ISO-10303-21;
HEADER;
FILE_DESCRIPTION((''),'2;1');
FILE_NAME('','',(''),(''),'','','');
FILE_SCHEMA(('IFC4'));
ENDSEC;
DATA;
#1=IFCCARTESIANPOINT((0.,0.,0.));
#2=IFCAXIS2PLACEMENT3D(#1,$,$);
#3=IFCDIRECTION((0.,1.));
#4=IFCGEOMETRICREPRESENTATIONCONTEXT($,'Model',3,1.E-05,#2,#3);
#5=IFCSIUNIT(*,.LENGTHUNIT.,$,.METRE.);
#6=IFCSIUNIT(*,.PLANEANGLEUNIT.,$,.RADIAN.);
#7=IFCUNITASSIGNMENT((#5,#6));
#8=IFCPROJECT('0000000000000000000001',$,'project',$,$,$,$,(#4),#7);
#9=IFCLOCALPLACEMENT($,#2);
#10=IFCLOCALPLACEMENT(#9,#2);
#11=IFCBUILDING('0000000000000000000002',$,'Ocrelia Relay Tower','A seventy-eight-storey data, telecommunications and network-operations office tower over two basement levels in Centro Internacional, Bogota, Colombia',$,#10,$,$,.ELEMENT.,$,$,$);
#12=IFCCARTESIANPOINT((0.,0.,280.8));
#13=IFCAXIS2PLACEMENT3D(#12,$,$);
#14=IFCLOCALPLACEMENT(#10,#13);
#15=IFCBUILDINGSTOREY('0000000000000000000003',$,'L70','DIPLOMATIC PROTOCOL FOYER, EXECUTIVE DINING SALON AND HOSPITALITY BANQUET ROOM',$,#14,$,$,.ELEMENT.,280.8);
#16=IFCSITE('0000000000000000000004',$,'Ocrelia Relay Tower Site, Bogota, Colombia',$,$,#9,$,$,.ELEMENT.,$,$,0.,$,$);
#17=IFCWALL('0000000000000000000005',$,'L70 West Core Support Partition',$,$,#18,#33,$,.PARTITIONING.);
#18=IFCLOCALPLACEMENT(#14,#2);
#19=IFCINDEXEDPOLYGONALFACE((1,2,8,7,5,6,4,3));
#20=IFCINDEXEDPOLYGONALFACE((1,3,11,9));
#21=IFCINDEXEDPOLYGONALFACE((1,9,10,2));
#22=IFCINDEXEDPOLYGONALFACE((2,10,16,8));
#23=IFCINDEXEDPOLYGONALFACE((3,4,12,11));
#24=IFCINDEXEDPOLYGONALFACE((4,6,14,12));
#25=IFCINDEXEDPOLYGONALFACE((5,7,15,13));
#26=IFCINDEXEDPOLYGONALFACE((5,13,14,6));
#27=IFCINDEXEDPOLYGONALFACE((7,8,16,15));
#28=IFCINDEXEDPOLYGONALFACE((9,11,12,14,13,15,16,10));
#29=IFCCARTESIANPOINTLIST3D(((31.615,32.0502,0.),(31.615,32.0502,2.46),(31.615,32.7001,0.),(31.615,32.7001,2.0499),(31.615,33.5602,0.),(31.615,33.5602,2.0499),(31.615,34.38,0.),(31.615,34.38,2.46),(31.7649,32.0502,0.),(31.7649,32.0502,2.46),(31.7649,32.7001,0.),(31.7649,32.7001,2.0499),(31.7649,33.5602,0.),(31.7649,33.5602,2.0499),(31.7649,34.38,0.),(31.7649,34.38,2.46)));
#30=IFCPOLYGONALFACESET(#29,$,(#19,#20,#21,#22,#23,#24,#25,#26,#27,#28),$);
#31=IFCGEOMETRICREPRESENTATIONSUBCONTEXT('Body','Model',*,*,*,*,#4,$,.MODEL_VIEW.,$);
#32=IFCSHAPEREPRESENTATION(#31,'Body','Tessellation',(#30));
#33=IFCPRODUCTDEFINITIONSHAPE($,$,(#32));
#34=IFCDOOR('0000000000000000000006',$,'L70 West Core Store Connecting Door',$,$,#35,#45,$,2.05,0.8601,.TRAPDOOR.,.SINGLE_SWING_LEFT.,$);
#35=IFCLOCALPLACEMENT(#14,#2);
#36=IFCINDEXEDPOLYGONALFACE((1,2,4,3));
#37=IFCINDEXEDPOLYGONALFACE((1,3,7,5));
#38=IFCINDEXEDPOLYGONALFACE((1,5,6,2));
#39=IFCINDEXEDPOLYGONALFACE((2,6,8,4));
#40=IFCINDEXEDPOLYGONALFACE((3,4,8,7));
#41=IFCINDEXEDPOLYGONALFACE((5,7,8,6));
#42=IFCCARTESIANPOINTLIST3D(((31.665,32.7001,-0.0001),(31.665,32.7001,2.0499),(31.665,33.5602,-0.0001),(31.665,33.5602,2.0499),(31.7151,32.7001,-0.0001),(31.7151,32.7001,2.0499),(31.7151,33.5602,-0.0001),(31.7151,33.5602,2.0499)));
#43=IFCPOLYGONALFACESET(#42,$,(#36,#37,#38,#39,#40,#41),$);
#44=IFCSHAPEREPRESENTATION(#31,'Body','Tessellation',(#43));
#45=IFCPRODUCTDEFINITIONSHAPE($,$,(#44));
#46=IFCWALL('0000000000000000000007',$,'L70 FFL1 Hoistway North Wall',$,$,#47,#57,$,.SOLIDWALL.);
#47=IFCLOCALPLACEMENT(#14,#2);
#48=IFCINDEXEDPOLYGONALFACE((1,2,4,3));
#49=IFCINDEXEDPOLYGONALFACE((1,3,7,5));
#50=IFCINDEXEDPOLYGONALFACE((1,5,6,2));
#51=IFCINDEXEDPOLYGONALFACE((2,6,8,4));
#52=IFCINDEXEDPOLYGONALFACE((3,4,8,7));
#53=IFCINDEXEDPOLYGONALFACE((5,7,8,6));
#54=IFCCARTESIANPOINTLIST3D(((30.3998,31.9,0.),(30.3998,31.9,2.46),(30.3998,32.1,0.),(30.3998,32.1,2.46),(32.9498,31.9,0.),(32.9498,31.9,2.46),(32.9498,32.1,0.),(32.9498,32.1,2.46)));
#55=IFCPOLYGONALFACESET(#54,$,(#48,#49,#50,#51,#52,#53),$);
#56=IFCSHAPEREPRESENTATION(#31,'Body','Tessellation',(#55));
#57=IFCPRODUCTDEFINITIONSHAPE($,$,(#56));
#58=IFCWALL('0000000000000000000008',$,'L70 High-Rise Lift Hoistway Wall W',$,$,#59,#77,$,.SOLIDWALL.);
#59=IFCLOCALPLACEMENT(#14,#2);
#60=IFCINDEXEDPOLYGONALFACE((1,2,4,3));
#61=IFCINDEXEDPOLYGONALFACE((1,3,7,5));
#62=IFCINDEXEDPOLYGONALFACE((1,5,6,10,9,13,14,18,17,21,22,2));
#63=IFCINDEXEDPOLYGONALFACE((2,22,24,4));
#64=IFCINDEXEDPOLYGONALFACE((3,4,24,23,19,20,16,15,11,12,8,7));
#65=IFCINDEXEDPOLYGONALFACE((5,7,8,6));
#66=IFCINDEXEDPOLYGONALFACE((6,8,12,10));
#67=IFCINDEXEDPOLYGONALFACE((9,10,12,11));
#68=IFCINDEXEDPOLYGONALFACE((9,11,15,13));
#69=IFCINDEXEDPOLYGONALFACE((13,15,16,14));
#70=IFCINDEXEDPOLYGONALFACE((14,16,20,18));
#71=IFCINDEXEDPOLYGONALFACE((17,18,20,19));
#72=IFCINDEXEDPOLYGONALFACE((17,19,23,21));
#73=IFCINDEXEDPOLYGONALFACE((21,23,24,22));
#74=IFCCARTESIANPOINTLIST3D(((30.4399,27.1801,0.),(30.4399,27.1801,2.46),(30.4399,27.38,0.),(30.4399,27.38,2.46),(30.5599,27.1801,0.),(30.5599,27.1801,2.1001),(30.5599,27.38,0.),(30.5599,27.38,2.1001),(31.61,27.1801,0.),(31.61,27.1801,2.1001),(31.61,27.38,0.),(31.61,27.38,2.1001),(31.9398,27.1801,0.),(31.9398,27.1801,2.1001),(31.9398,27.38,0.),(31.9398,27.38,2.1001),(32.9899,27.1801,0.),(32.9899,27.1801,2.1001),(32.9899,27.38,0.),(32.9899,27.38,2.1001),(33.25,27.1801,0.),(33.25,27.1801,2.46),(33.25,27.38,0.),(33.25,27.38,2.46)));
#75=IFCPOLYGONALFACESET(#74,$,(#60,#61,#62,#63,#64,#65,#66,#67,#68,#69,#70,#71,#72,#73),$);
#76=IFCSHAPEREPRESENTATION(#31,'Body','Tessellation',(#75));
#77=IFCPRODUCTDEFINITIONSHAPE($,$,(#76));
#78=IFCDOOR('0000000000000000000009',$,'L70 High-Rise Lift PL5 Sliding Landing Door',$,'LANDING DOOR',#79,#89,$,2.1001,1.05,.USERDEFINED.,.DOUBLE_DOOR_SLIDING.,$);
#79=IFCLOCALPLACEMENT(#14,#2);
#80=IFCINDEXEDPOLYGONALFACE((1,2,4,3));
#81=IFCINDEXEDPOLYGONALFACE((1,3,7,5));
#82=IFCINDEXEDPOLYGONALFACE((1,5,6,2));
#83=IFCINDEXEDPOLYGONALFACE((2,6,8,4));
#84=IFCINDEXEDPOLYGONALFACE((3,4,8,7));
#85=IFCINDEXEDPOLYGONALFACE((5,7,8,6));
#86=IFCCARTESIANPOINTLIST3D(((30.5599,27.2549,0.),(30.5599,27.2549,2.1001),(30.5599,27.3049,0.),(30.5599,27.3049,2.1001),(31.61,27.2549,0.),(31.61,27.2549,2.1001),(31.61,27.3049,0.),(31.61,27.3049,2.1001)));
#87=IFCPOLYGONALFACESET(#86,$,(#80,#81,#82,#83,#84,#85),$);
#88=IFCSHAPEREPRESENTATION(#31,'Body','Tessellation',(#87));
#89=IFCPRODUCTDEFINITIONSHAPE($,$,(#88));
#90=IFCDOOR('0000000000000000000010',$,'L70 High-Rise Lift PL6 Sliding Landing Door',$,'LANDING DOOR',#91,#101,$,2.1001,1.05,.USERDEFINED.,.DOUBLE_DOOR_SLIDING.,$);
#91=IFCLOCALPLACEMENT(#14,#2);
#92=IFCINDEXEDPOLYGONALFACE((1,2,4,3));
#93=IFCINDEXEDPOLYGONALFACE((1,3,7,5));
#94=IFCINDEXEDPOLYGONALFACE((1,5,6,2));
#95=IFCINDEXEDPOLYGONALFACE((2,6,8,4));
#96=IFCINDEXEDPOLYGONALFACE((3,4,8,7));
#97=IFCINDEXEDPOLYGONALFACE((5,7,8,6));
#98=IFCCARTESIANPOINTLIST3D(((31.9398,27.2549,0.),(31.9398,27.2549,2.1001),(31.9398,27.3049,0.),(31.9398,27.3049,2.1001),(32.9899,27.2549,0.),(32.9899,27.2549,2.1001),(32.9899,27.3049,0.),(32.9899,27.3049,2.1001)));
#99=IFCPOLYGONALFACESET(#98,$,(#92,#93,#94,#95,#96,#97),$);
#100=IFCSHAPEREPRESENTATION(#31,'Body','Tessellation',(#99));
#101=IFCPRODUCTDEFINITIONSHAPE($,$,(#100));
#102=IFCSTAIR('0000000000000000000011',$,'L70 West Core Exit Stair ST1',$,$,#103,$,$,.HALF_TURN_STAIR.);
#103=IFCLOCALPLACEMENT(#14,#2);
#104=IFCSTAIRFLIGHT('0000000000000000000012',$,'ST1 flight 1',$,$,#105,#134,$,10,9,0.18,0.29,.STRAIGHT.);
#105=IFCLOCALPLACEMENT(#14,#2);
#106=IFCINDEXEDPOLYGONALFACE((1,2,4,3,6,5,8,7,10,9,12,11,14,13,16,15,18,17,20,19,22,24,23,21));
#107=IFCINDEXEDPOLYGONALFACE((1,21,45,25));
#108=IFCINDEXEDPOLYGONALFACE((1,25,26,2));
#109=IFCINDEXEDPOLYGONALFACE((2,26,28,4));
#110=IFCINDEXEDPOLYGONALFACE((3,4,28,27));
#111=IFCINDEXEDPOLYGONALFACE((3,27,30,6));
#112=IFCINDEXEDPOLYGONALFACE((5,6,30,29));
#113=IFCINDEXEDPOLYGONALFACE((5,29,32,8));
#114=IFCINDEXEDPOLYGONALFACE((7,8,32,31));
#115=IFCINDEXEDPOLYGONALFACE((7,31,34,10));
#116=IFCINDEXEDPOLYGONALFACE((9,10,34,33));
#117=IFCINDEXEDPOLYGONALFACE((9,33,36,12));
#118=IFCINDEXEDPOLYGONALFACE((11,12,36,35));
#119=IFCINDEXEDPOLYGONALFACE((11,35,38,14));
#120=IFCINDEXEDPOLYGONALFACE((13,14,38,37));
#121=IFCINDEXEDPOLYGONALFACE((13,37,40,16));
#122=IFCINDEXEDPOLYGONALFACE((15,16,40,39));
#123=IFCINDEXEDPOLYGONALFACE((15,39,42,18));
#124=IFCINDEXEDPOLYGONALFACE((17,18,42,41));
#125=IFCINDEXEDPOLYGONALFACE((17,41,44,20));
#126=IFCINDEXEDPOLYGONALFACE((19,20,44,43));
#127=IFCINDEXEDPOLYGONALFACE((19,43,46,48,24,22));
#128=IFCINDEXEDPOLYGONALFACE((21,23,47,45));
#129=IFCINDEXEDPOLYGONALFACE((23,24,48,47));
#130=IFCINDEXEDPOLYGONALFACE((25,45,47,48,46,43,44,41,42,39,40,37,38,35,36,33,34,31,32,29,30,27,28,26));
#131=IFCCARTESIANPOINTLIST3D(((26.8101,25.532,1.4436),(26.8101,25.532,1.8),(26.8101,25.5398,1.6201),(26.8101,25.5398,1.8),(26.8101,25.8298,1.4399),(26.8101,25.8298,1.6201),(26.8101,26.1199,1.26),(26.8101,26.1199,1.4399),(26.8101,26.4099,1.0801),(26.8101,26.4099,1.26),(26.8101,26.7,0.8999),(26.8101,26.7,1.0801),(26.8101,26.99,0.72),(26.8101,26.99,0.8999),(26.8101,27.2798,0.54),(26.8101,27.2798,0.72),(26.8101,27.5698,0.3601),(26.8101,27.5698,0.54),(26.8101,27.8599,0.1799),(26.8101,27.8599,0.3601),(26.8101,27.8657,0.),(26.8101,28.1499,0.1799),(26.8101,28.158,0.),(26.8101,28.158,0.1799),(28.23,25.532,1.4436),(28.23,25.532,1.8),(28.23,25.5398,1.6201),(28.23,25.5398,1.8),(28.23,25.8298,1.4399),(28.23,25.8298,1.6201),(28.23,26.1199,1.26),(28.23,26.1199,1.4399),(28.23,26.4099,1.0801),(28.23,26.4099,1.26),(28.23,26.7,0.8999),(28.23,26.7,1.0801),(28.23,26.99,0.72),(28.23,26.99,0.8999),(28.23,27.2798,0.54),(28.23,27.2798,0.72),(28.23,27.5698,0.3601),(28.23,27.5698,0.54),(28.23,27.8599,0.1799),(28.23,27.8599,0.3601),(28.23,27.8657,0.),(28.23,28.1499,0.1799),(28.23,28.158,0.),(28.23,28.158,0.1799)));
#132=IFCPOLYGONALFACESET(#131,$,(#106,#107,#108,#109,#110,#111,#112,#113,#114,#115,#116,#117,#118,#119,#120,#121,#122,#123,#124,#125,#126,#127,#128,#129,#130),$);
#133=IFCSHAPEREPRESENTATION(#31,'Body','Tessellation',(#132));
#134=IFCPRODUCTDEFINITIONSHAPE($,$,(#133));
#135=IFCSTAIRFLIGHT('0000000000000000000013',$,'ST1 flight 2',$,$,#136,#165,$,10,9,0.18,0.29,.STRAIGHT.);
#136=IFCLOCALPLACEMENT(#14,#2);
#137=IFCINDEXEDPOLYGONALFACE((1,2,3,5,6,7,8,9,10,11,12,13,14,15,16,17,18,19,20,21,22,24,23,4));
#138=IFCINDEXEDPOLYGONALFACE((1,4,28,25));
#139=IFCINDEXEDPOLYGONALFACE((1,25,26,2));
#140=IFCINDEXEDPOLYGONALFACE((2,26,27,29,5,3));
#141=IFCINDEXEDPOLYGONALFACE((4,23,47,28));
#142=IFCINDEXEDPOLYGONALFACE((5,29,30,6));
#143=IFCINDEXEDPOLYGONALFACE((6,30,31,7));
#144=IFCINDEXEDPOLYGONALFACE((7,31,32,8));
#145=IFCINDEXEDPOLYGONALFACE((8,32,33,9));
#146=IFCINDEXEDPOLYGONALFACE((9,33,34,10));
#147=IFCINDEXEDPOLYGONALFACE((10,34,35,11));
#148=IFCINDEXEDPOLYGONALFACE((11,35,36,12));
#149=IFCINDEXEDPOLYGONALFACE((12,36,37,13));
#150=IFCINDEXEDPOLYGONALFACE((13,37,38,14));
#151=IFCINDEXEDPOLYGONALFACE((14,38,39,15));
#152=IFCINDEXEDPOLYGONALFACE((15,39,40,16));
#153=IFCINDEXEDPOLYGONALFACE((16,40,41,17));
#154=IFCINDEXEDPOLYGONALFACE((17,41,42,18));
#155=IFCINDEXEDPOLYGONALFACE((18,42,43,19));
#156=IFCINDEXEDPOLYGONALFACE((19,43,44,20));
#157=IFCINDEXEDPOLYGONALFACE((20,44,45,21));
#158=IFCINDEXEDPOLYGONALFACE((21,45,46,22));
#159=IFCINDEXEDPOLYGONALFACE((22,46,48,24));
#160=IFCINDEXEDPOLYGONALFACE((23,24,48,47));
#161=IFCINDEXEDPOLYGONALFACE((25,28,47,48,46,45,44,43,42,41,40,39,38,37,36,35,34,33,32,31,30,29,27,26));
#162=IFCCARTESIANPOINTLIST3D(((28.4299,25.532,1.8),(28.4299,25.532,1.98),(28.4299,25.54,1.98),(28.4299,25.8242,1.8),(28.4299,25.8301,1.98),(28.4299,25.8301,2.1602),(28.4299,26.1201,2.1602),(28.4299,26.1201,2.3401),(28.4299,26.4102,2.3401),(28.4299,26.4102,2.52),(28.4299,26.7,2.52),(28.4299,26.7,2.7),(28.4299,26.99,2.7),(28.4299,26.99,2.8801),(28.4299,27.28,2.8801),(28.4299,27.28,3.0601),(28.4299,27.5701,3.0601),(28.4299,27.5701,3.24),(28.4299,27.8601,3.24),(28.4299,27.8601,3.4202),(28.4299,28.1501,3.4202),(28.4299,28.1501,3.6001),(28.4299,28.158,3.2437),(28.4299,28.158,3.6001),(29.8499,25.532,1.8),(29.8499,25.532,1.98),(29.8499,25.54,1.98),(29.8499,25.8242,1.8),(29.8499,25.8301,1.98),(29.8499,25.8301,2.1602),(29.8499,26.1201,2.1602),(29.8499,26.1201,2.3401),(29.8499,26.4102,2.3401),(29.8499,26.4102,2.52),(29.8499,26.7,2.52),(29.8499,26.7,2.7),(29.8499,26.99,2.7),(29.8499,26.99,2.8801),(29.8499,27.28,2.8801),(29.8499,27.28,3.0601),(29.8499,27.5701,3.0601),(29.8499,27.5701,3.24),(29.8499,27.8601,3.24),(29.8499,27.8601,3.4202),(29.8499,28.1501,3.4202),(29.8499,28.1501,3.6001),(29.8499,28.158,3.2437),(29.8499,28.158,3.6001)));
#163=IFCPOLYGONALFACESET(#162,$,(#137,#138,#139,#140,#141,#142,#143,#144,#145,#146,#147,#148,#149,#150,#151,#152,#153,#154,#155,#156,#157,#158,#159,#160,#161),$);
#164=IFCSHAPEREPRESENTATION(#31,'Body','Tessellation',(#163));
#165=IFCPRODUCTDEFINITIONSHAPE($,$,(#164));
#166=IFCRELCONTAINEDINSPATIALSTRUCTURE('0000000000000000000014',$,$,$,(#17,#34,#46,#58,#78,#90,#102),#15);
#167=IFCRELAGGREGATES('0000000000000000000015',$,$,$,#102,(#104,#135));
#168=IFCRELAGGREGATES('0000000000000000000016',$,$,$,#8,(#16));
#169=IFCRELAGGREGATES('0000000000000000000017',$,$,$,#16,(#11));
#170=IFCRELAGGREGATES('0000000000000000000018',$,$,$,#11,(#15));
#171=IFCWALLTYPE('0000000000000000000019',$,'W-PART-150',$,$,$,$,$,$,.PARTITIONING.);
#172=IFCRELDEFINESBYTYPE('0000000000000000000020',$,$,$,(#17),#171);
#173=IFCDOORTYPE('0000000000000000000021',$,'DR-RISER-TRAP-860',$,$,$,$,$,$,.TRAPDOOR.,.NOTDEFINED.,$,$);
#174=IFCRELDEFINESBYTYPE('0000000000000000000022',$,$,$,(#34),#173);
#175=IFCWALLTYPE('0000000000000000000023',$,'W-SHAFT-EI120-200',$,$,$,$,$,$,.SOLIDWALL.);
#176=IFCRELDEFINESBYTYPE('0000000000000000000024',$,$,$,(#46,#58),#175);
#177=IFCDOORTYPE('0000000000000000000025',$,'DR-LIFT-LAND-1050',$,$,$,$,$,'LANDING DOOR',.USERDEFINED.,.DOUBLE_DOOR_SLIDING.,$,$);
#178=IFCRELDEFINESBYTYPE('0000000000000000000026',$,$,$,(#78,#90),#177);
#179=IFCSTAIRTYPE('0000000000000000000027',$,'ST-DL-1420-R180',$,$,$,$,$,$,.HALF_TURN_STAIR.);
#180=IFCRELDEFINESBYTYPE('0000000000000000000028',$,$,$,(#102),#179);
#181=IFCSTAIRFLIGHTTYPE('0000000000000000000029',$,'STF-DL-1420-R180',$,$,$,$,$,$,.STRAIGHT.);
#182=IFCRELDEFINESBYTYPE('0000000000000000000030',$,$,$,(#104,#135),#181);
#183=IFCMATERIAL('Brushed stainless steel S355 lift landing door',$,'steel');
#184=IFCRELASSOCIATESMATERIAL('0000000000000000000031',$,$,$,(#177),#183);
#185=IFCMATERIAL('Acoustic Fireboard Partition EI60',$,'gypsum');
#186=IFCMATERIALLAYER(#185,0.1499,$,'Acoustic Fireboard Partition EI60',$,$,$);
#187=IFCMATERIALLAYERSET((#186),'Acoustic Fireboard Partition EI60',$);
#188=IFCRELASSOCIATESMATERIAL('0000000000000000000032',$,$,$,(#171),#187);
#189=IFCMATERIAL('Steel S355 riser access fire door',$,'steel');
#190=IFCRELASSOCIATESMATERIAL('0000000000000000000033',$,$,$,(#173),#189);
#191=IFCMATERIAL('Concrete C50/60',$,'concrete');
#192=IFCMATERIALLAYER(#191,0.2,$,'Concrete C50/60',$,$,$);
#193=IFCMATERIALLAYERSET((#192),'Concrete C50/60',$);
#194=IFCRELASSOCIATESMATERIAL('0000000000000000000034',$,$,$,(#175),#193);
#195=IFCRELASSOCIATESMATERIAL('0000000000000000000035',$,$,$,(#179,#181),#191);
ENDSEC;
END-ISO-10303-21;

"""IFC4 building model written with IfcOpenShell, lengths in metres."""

from ifc_helpers import new_model, si_unit, direction, frame, frame_2d, origin, place, context, subcontext, project, spatial, polyline, rectangle, outline, extrude, material, layer, layer_set, type_object, element, fill, aggregate, save


model = new_model("IFC4")

# Units and contexts
model_context = context("Model", 3, precision=1e-05, world=origin(), true_north=direction((0.0, 1.0)))
body_context = subcontext(model_context, "Body", "Model", "MODEL_VIEW")
ifc_project = project(units=[si_unit("LENGTHUNIT", "METRE"), si_unit("PLANEANGLEUNIT", "RADIAN")], contexts=[model_context])

# Site, building, storey
site_placement = place(None, origin())
site = spatial("IfcSite", under=ifc_project, at=site_placement, Name="Ocrelia Relay Tower Site, Bogota, Colombia", CompositionType="ELEMENT", RefElevation=0.0)
building_placement = place(site_placement, origin())
building = spatial("IfcBuilding", under=site, at=building_placement, Name="Ocrelia Relay Tower", Description="A seventy-eight-storey data, telecommunications and network-operations office tower over two basement levels in Centro Internacional, Bogota, Colombia", CompositionType="ELEMENT")
storey_placement = place(building_placement, frame((0.0, 0.0, 280.8)))
storey = spatial("IfcBuildingStorey", under=building, at=storey_placement, Name="L70", Description="DIPLOMATIC PROTOCOL FOYER, EXECUTIVE DINING SALON AND HOSPITALITY BANQUET ROOM", CompositionType="ELEMENT", Elevation=280.8)

# Shared definitions
ifc_material_1 = material(Name="Concrete C50/60", Category="concrete")

# Wall, opening, door
ifc_material_2 = material(Name="Brushed stainless steel S355 lift landing door", Category="steel")
door_type_1 = type_object("IfcDoorType", Name="DR-LIFT-LAND-1050", ElementType="LANDING DOOR", OperationType="DOUBLE_DOOR_SLIDING", PredefinedType="USERDEFINED", material=ifc_material_2)
ifc_material_3 = material(Name="Acoustic Fireboard Partition EI60", Category="gypsum")
ifc_layer_1 = layer(ifc_material_3, 0.1499, Name="Acoustic Fireboard Partition EI60")
ifc_layer_set_1 = layer_set([ifc_layer_1], Name="Acoustic Fireboard Partition EI60")
wall_type_1 = type_object("IfcWallType", Name="W-PART-150", PredefinedType="PARTITIONING", material=ifc_layer_set_1)
wall_1_placement = place(storey_placement, frame((31.6899, 32.05, 0.0), z_axis=(0.0, 0.0, 1.0), x_axis=(0.0, 1.0, 0.0)))
wall_1 = element("IfcWall", 1, at=wall_1_placement, inside=storey, type_object=wall_type_1, Name="L70 West Core Support Partition", PredefinedType="PARTITIONING", context=body_context, shape_type="SweptSolid", body=[
    extrude(rectangle(XDim=2.3298, YDim=0.1499, at=frame_2d((1.165, 0.0))), origin(), (0.0, 0.0, 1.0), 2.46),
])
opening_1_placement = place(wall_1_placement, frame((0.6499, 0.0, 0.0)))
opening_1 = element("IfcOpeningElement", 2, at=opening_1_placement, cuts=wall_1, PredefinedType="OPENING", context=body_context, shape_type="SweptSolid", body=[
    extrude(rectangle(XDim=0.8601, YDim=2.05, at=frame_2d((0.4302, 1.0249))), frame((0.0, 0.085, 0.0), z_axis=(0.0, -1.0, 0.0), x_axis=(1.0, 0.0, 0.0)), (0.0, 0.0, 1.0), 0.1699),
])
ifc_material_4 = material(Name="Steel S355 riser access fire door", Category="steel")
door_type_2 = type_object("IfcDoorType", Name="DR-RISER-TRAP-860", OperationType="NOTDEFINED", PredefinedType="TRAPDOOR", material=ifc_material_4)
door_1_placement = place(opening_1_placement, origin())
door_1 = element("IfcDoor", 3, at=door_1_placement, inside=storey, type_object=door_type_2, Name="L70 West Core Store Connecting Door", OperationType="SINGLE_SWING_LEFT", OverallHeight=2.05, OverallWidth=0.8601, PredefinedType="TRAPDOOR", context=body_context, shape_type="SweptSolid", body=[
    extrude(rectangle(XDim=0.8601, YDim=2.05, at=frame_2d((0.4302, 1.0249))), frame((0.0, 0.0249, 0.0), z_axis=(0.0, -1.0, 0.0), x_axis=(1.0, 0.0, 0.0)), (0.0, 0.0, 1.0), 0.05),
])
fill(opening_1, door_1)

# Wall
ifc_layer_2 = layer(ifc_material_1, 0.2, Name="Concrete C50/60")
ifc_layer_set_2 = layer_set([ifc_layer_2], Name="Concrete C50/60")
wall_type_2 = type_object("IfcWallType", Name="W-SHAFT-EI120-200", PredefinedType="SOLIDWALL", material=ifc_layer_set_2)
wall_2_placement = place(storey_placement, frame((30.3999, 32.0, 0.0), z_axis=(0.0, 0.0, 1.0), x_axis=(1.0, 0.0, 0.0)))
element("IfcWall", 4, at=wall_2_placement, inside=storey, type_object=wall_type_2, Name="L70 FFL1 Hoistway North Wall", PredefinedType="SOLIDWALL", context=body_context, shape_type="SweptSolid", body=[
    extrude(rectangle(XDim=2.55, YDim=0.2, at=frame_2d((1.2749, 0.0))), origin(), (0.0, 0.0, 1.0), 2.46),
])

# Wall, openings, doors
wall_3_placement = place(storey_placement, frame((30.4399, 27.28, 0.0), z_axis=(0.0, 0.0, 1.0), x_axis=(1.0, 0.0, 0.0)))
wall_3 = element("IfcWall", 5, at=wall_3_placement, inside=storey, type_object=wall_type_2, Name="L70 High-Rise Lift Hoistway Wall W", PredefinedType="SOLIDWALL", context=body_context, shape_type="SweptSolid", body=[
    extrude(rectangle(XDim=2.8101, YDim=0.2, at=frame_2d((1.405, 0.0))), origin(), (0.0, 0.0, 1.0), 2.46),
])
opening_2_placement = place(wall_3_placement, frame((0.1201, 0.0, 0.0)))
opening_2 = element("IfcOpeningElement", 6, at=opening_2_placement, cuts=wall_3, PredefinedType="OPENING", context=body_context, shape_type="SweptSolid", body=[
    extrude(rectangle(XDim=1.05, YDim=2.1001, at=frame_2d((0.5249, 1.05))), frame((0.0, 0.1099, 0.0), z_axis=(0.0, -1.0, 0.0), x_axis=(1.0, 0.0, 0.0)), (0.0, 0.0, 1.0), 0.22),
])
opening_3_placement = place(wall_3_placement, frame((1.5, 0.0, 0.0)))
opening_3 = element("IfcOpeningElement", 7, at=opening_3_placement, cuts=wall_3, PredefinedType="OPENING", context=body_context, shape_type="SweptSolid", body=[
    extrude(rectangle(XDim=1.05, YDim=2.1001, at=frame_2d((0.5249, 1.05))), frame((0.0, 0.1099, 0.0), z_axis=(0.0, -1.0, 0.0), x_axis=(1.0, 0.0, 0.0)), (0.0, 0.0, 1.0), 0.22),
])
door_2_placement = place(opening_2_placement, origin())
door_2 = element("IfcDoor", 8, at=door_2_placement, inside=storey, type_object=door_type_1, Name="L70 High-Rise Lift PL5 Sliding Landing Door", ObjectType="LANDING DOOR", OperationType="DOUBLE_DOOR_SLIDING", OverallHeight=2.1001, OverallWidth=1.05, PredefinedType="USERDEFINED", context=body_context, shape_type="SweptSolid", body=[
    extrude(rectangle(XDim=1.05, YDim=2.1001, at=frame_2d((0.5249, 1.05))), frame((0.0, 0.0249, 0.0), z_axis=(0.0, -1.0, 0.0), x_axis=(1.0, 0.0, 0.0)), (0.0, 0.0, 1.0), 0.05),
])
fill(opening_2, door_2)
door_3_placement = place(opening_3_placement, origin())
door_3 = element("IfcDoor", 9, at=door_3_placement, inside=storey, type_object=door_type_1, Name="L70 High-Rise Lift PL6 Sliding Landing Door", ObjectType="LANDING DOOR", OperationType="DOUBLE_DOOR_SLIDING", OverallHeight=2.1001, OverallWidth=1.05, PredefinedType="USERDEFINED", context=body_context, shape_type="SweptSolid", body=[
    extrude(rectangle(XDim=1.05, YDim=2.1001, at=frame_2d((0.5249, 1.05))), frame((0.0, 0.0249, 0.0), z_axis=(0.0, -1.0, 0.0), x_axis=(1.0, 0.0, 0.0)), (0.0, 0.0, 1.0), 0.05),
])
fill(opening_3, door_3)

# Stair, stair flights
stair_type = type_object("IfcStairType", Name="ST-DL-1420-R180", PredefinedType="HALF_TURN_STAIR", material=ifc_material_1)
stair_placement = place(storey_placement, origin())
stair = element("IfcStair", 10, at=stair_placement, inside=storey, type_object=stair_type, Name="L70 West Core Exit Stair ST1", PredefinedType="HALF_TURN_STAIR")
stair_flight_type = type_object("IfcStairFlightType", Name="STF-DL-1420-R180", PredefinedType="STRAIGHT", material=ifc_material_1)
stair_flight_1_placement = place(storey_placement, frame((27.52, 28.1499, 0.0), z_axis=(0.0, 0.0, 1.0), x_axis=(0.0, -1.0, 0.0)))
stair_flight_1 = element("IfcStairFlight", 11, at=stair_flight_1_placement, type_object=stair_flight_type, Name="ST1 flight 1", NumberOfRisers=10, NumberOfTreads=9, PredefinedType="STRAIGHT", RiserHeight=0.18, TreadLength=0.29, context=body_context, shape_type="SweptSolid", body=[
    extrude(outline(polyline([(-0.0081, 0.0), (-0.0081, 0.1799), (0.0, 0.1799), (0.29, 0.1799), (0.29, 0.3601), (0.5801, 0.3601), (0.5801, 0.54), (0.8701, 0.54), (0.8701, 0.72), (1.1599, 0.72), (1.1599, 0.8999), (1.45, 0.8999), (1.45, 1.0801), (1.74, 1.0801), (1.74, 1.26), (2.03, 1.26), (2.03, 1.4399), (2.3201, 1.4399), (2.3201, 1.6201), (2.6101, 1.6201), (2.6101, 1.8), (2.6179, 1.8), (2.6179, 1.4436), (0.2842, 0.0), (-0.0081, 0.0)])), frame((0.0, 0.71, 0.0), z_axis=(0.0, -1.0, 0.0), x_axis=(1.0, 0.0, 0.0)), (0.0, 0.0, 1.0), 1.4199),
])
stair_flight_2_placement = place(storey_placement, frame((29.1399, 25.54, 1.8), z_axis=(0.0, 0.0, 1.0), x_axis=(0.0, 1.0, 0.0)))
stair_flight_2 = element("IfcStairFlight", 12, at=stair_flight_2_placement, type_object=stair_flight_type, Name="ST1 flight 2", NumberOfRisers=10, NumberOfTreads=9, PredefinedType="STRAIGHT", RiserHeight=0.18, TreadLength=0.29, context=body_context, shape_type="SweptSolid", body=[
    extrude(outline(polyline([(-0.0081, 0.0), (-0.0081, 0.1799), (0.0, 0.1799), (0.29, 0.1799), (0.29, 0.3601), (0.5801, 0.3601), (0.5801, 0.54), (0.8701, 0.54), (0.8701, 0.72), (1.1599, 0.72), (1.1599, 0.8999), (1.45, 0.8999), (1.45, 1.0801), (1.74, 1.0801), (1.74, 1.26), (2.03, 1.26), (2.03, 1.4399), (2.3201, 1.4399), (2.3201, 1.6201), (2.6101, 1.6201), (2.6101, 1.8), (2.6179, 1.8), (2.6179, 1.4436), (0.2842, 0.0), (-0.0081, 0.0)])), frame((0.0, 0.71, 0.0), z_axis=(0.0, -1.0, 0.0), x_axis=(1.0, 0.0, 0.0)), (0.0, 0.0, 1.0), 1.4199),
])
aggregate(stair, [stair_flight_1, stair_flight_2])

save(model, "model.ifc")
